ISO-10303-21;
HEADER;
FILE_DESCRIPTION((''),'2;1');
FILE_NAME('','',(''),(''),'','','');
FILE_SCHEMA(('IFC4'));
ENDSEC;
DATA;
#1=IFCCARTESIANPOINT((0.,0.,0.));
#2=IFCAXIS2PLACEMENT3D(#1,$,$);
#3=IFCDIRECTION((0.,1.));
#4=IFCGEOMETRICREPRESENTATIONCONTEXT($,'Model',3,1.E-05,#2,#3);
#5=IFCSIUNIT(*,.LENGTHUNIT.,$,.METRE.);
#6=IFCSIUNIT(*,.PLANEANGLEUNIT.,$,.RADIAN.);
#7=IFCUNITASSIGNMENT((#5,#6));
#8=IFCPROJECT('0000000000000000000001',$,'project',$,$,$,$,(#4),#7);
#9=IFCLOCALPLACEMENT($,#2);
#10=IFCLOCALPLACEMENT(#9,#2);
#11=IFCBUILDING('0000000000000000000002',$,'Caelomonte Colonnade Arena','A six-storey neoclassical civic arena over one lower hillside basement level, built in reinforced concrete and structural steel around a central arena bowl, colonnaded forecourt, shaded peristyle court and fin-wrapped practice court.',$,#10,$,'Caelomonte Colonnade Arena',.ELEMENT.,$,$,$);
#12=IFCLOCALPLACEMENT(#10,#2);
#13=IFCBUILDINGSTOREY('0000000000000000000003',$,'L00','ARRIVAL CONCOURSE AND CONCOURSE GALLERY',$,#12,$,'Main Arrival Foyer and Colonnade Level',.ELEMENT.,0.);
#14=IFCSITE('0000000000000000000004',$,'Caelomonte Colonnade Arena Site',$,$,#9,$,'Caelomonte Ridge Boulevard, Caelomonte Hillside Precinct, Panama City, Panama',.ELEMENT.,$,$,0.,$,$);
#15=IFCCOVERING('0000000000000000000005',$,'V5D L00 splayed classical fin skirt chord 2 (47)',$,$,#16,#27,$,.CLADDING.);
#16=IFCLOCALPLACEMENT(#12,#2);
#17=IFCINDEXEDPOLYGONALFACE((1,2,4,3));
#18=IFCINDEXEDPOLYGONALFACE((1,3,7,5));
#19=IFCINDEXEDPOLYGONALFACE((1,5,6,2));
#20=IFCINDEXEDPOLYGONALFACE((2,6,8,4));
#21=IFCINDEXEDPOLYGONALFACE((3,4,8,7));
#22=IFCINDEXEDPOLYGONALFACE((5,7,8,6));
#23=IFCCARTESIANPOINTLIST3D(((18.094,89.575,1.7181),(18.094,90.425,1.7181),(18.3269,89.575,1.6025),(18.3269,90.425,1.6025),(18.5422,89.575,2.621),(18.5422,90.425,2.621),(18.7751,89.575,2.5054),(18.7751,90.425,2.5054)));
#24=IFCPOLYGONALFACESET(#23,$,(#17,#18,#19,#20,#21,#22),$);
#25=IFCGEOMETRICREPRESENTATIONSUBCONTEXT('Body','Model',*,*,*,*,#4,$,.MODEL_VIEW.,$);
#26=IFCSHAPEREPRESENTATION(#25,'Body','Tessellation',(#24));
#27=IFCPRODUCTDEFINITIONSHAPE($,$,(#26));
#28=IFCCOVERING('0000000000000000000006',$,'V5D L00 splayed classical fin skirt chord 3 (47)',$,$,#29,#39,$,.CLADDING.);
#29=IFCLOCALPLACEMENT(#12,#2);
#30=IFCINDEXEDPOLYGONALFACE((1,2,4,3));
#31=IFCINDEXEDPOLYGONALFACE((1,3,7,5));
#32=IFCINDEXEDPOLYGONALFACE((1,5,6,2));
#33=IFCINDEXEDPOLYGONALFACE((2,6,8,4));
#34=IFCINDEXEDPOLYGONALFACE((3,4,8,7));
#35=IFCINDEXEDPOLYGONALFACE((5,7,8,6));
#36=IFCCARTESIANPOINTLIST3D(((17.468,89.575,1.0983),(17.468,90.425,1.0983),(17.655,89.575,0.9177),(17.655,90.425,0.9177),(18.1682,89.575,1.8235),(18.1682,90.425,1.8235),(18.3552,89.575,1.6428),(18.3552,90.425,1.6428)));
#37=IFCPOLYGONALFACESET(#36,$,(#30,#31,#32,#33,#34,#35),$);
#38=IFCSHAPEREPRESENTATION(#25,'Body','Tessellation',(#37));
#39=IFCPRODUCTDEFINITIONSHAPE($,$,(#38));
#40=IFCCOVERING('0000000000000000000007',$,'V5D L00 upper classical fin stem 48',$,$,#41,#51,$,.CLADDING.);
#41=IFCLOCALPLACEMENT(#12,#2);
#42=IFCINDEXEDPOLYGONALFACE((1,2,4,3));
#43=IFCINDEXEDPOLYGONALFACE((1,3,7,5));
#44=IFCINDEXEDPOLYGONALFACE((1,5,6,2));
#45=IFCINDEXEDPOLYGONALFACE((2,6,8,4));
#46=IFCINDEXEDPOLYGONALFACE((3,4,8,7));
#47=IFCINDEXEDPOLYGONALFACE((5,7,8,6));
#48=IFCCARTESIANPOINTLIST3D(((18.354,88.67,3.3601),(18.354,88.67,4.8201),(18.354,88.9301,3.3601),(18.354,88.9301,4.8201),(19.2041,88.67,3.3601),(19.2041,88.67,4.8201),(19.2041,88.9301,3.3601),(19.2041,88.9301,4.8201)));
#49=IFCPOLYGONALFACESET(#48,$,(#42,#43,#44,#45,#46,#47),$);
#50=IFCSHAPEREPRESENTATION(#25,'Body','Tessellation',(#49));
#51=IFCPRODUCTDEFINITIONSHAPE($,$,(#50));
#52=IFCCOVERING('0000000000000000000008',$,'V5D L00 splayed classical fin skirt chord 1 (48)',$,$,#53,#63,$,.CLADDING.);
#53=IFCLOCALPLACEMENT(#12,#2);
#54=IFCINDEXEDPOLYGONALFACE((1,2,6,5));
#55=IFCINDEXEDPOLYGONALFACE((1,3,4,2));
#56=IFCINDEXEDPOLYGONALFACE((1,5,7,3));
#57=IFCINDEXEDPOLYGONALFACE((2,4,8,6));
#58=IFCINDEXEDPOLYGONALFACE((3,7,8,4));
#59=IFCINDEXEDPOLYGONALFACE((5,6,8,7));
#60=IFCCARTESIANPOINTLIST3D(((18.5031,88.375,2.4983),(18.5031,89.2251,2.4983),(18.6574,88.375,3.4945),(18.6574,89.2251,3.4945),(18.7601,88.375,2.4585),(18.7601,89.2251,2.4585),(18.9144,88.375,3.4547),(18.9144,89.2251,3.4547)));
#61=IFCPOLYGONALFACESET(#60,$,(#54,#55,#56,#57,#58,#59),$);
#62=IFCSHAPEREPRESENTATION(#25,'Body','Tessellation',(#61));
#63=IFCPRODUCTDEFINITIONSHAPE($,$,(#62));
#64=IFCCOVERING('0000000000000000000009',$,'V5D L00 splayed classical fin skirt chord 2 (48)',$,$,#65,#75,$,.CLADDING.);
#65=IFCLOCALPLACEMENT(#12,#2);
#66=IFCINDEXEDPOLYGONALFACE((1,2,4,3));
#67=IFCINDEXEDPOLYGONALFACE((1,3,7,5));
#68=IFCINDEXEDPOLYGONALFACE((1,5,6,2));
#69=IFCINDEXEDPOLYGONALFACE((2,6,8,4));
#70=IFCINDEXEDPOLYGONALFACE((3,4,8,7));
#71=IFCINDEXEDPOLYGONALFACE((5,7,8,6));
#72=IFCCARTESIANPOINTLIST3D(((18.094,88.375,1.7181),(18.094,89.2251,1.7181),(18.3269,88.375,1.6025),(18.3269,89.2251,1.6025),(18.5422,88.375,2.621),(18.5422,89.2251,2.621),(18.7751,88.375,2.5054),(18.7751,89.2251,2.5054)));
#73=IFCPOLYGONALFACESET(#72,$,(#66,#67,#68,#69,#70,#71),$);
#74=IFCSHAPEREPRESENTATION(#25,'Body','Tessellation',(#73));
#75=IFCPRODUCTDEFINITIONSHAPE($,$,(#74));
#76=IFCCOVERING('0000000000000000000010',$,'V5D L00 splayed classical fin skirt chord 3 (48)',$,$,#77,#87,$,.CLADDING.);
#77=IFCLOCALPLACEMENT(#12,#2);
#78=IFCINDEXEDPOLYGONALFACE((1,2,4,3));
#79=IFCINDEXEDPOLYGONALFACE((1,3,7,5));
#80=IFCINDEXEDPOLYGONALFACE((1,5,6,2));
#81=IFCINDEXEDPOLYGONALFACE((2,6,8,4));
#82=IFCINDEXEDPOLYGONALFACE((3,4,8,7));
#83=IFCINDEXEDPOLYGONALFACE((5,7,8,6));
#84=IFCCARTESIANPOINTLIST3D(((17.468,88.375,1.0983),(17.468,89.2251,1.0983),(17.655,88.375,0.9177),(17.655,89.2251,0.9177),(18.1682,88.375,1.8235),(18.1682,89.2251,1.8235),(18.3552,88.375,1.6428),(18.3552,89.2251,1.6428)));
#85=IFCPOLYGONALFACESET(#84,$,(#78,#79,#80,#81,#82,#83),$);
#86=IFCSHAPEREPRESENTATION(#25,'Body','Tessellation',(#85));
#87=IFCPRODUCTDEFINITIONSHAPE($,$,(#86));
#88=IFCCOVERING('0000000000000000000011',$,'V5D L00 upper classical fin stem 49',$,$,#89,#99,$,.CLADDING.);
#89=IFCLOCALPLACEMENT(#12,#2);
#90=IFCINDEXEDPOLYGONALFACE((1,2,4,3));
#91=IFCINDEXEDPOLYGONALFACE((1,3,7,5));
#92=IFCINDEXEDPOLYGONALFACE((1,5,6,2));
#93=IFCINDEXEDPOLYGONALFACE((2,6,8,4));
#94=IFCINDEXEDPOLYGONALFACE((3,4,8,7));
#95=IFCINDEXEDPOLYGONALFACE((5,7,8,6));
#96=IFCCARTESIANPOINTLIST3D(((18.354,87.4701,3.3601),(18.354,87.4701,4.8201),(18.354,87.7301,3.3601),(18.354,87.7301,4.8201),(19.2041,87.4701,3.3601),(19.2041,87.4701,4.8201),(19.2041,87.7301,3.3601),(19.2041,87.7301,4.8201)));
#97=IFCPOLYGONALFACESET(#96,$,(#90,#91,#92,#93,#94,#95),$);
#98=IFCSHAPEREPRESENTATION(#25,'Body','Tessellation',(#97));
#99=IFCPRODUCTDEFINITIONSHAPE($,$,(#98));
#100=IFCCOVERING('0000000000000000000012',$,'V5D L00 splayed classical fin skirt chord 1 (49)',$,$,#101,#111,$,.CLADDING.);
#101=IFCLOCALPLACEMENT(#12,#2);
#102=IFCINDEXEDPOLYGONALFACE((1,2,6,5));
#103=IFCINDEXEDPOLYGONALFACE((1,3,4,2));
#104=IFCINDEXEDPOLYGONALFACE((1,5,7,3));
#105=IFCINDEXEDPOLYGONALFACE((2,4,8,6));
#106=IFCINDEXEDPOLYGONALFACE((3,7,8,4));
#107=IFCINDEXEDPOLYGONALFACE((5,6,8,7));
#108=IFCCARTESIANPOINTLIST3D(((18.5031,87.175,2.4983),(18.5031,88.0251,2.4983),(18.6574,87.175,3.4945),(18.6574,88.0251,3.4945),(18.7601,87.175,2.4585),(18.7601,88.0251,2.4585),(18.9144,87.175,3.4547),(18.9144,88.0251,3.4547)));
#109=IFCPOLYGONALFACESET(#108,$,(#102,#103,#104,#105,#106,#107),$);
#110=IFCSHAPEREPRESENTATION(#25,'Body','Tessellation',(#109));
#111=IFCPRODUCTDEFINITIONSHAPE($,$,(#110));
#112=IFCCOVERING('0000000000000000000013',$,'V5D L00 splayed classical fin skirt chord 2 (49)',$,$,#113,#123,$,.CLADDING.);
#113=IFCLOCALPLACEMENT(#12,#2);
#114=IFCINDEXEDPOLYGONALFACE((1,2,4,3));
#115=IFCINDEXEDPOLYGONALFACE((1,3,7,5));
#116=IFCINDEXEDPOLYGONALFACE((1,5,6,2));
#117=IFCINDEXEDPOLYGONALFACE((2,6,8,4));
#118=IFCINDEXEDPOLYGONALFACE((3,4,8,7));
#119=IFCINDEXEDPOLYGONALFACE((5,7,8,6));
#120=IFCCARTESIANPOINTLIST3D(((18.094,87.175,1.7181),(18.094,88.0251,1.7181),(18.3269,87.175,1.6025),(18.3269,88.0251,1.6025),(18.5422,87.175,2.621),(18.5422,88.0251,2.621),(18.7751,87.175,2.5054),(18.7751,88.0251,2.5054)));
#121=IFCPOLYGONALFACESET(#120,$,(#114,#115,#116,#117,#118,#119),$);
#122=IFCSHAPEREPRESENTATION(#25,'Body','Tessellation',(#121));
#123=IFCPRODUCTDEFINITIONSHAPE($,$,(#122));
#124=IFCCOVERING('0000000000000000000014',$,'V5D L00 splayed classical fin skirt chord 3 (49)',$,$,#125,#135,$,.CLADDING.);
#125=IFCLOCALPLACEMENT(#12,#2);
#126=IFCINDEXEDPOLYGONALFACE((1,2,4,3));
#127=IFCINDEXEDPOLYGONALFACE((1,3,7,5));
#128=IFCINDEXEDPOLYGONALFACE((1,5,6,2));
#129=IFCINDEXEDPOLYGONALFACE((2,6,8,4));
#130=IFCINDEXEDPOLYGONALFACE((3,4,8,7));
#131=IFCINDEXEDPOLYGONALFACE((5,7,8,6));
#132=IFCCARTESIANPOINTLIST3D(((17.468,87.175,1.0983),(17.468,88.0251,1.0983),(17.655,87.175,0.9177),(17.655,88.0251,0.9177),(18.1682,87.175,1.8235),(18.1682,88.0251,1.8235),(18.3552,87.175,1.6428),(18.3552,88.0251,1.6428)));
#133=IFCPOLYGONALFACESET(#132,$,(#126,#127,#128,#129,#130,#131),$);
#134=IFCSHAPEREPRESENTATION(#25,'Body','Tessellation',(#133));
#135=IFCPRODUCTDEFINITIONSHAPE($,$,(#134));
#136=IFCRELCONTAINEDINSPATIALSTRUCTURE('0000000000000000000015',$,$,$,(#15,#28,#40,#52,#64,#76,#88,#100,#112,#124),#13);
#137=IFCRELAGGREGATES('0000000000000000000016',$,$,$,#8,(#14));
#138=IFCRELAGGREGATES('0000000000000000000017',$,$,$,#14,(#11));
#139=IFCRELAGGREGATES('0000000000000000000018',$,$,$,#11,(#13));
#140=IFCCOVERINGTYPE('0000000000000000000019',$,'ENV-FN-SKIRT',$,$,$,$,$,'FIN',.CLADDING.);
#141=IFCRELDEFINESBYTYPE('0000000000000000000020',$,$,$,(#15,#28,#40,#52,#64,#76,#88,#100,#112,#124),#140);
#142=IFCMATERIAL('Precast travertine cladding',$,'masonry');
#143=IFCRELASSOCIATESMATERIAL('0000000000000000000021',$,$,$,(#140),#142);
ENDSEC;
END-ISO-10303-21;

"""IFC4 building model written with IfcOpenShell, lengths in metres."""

from ifc_helpers import new_model, si_unit, direction, frame, origin, origin_2d, place, context, subcontext, project, spatial, rectangle, extrude, material, material_profile, profile_set, type_object, element, save


model = new_model("IFC4")

# Units and contexts
model_context = context("Model", 3, precision=1e-05, world=origin(), true_north=direction((0.0, 1.0)))
body_context = subcontext(model_context, "Body", "Model", "MODEL_VIEW")
ifc_project = project(units=[si_unit("LENGTHUNIT", "METRE"), si_unit("PLANEANGLEUNIT", "RADIAN")], contexts=[model_context])

# Site, building, storey
site_placement = place(None, origin())
site = spatial("IfcSite", under=ifc_project, at=site_placement, Name="Caelomonte Colonnade Arena Site", LongName="Caelomonte Ridge Boulevard, Caelomonte Hillside Precinct, Panama City, Panama", CompositionType="ELEMENT", RefElevation=0.0)
building_placement = place(site_placement, origin())
building = spatial("IfcBuilding", under=site, at=building_placement, Name="Caelomonte Colonnade Arena", Description="A six-storey neoclassical civic arena over one lower hillside basement level, built in reinforced concrete and structural steel around a central arena bowl, colonnaded forecourt, shaded peristyle court and fin-wrapped practice court.", LongName="Caelomonte Colonnade Arena", CompositionType="ELEMENT")
storey_placement = place(building_placement, origin())
storey = spatial("IfcBuildingStorey", under=building, at=storey_placement, Name="L00", Description="ARRIVAL CONCOURSE AND CONCOURSE GALLERY", LongName="Main Arrival Foyer and Colonnade Level", CompositionType="ELEMENT", Elevation=0.0)

# Coverings
ifc_material = material(Name="Precast travertine cladding", Category="masonry")
ifc_material_profile = material_profile(ifc_material, rectangle(XDim=0.26, YDim=0.8501, at=origin_2d()), Name="FIN260X850")
ifc_profile_set = profile_set([ifc_material_profile], Name="Precast travertine cladding")
covering_type = type_object("IfcCoveringType", Name="ENV-FN-SKIRT", ElementType="FIN", PredefinedType="CLADDING", material=ifc_profile_set)
for number, where, z_axis, x_axis, name in (
    (1, (18.6587, 90.0, 2.5632), (-0.444693, 0.0, -0.895683), (-0.895683, 0.0, 0.444693), "V5D L00 splayed classical fin skirt chord 2 (47)"),
    (2, (18.2617, 90.0, 1.7332), (-0.694646, 0.0, -0.719351), (-0.719351, 0.0, 0.694646), "V5D L00 splayed classical fin skirt chord 3 (47)"),
):
    element("IfcCovering", number, at=place(storey_placement, frame(where, z_axis=z_axis, x_axis=x_axis)), inside=storey, type_object=covering_type, Name=name, PredefinedType="CLADDING", context=body_context, shape_type="SweptSolid", body=[
        extrude(rectangle(XDim=0.26, YDim=0.8501, at=origin_2d()), origin(), (0.0, 0.0, 1.0), 1.0081),
    ])
covering_1_placement = place(storey_placement, frame((18.7791, 88.8, 3.3601), z_axis=(0.0, 0.0, 1.0), x_axis=(0.0, 1.0, 0.0)))
element("IfcCovering", 3, at=covering_1_placement, inside=storey, type_object=covering_type, Name="V5D L00 upper classical fin stem 48", PredefinedType="CLADDING", context=body_context, shape_type="SweptSolid", body=[
    extrude(rectangle(XDim=0.26, YDim=0.8501, at=origin_2d()), origin(), (0.0, 0.0, 1.0), 1.46),
])
for number, where, z_axis, x_axis, name in (
    (4, (18.7859, 88.8, 3.4746), (-0.153076, 0.0, -0.988214), (-0.988214, 0.0, 0.153076), "V5D L00 splayed classical fin skirt chord 1 (48)"),
    (5, (18.6587, 88.8, 2.5632), (-0.444693, 0.0, -0.895683), (-0.895683, 0.0, 0.444693), "V5D L00 splayed classical fin skirt chord 2 (48)"),
    (6, (18.2617, 88.8, 1.7332), (-0.694646, 0.0, -0.719351), (-0.719351, 0.0, 0.694646), "V5D L00 splayed classical fin skirt chord 3 (48)"),
):
    element("IfcCovering", number, at=place(storey_placement, frame(where, z_axis=z_axis, x_axis=x_axis)), inside=storey, type_object=covering_type, Name=name, PredefinedType="CLADDING", context=body_context, shape_type="SweptSolid", body=[
        extrude(rectangle(XDim=0.26, YDim=0.8501, at=origin_2d()), origin(), (0.0, 0.0, 1.0), 1.0081),
    ])
covering_2_placement = place(storey_placement, frame((18.7791, 87.6001, 3.3601), z_axis=(0.0, 0.0, 1.0), x_axis=(0.0, 1.0, 0.0)))
element("IfcCovering", 7, at=covering_2_placement, inside=storey, type_object=covering_type, Name="V5D L00 upper classical fin stem 49", PredefinedType="CLADDING", context=body_context, shape_type="SweptSolid", body=[
    extrude(rectangle(XDim=0.26, YDim=0.8501, at=origin_2d()), origin(), (0.0, 0.0, 1.0), 1.46),
])
for number, where, z_axis, x_axis, name in (
    (8, (18.7859, 87.6001, 3.4746), (-0.153076, 0.0, -0.988214), (-0.988214, 0.0, 0.153076), "V5D L00 splayed classical fin skirt chord 1 (49)"),
    (9, (18.6587, 87.6001, 2.5632), (-0.444693, 0.0, -0.895683), (-0.895683, 0.0, 0.444693), "V5D L00 splayed classical fin skirt chord 2 (49)"),
    (10, (18.2617, 87.6001, 1.7332), (-0.694646, 0.0, -0.719351), (-0.719351, 0.0, 0.694646), "V5D L00 splayed classical fin skirt chord 3 (49)"),
):
    element("IfcCovering", number, at=place(storey_placement, frame(where, z_axis=z_axis, x_axis=x_axis)), inside=storey, type_object=covering_type, Name=name, PredefinedType="CLADDING", context=body_context, shape_type="SweptSolid", body=[
        extrude(rectangle(XDim=0.26, YDim=0.8501, at=origin_2d()), origin(), (0.0, 0.0, 1.0), 1.0081),
    ])

save(model, "model.ifc")
